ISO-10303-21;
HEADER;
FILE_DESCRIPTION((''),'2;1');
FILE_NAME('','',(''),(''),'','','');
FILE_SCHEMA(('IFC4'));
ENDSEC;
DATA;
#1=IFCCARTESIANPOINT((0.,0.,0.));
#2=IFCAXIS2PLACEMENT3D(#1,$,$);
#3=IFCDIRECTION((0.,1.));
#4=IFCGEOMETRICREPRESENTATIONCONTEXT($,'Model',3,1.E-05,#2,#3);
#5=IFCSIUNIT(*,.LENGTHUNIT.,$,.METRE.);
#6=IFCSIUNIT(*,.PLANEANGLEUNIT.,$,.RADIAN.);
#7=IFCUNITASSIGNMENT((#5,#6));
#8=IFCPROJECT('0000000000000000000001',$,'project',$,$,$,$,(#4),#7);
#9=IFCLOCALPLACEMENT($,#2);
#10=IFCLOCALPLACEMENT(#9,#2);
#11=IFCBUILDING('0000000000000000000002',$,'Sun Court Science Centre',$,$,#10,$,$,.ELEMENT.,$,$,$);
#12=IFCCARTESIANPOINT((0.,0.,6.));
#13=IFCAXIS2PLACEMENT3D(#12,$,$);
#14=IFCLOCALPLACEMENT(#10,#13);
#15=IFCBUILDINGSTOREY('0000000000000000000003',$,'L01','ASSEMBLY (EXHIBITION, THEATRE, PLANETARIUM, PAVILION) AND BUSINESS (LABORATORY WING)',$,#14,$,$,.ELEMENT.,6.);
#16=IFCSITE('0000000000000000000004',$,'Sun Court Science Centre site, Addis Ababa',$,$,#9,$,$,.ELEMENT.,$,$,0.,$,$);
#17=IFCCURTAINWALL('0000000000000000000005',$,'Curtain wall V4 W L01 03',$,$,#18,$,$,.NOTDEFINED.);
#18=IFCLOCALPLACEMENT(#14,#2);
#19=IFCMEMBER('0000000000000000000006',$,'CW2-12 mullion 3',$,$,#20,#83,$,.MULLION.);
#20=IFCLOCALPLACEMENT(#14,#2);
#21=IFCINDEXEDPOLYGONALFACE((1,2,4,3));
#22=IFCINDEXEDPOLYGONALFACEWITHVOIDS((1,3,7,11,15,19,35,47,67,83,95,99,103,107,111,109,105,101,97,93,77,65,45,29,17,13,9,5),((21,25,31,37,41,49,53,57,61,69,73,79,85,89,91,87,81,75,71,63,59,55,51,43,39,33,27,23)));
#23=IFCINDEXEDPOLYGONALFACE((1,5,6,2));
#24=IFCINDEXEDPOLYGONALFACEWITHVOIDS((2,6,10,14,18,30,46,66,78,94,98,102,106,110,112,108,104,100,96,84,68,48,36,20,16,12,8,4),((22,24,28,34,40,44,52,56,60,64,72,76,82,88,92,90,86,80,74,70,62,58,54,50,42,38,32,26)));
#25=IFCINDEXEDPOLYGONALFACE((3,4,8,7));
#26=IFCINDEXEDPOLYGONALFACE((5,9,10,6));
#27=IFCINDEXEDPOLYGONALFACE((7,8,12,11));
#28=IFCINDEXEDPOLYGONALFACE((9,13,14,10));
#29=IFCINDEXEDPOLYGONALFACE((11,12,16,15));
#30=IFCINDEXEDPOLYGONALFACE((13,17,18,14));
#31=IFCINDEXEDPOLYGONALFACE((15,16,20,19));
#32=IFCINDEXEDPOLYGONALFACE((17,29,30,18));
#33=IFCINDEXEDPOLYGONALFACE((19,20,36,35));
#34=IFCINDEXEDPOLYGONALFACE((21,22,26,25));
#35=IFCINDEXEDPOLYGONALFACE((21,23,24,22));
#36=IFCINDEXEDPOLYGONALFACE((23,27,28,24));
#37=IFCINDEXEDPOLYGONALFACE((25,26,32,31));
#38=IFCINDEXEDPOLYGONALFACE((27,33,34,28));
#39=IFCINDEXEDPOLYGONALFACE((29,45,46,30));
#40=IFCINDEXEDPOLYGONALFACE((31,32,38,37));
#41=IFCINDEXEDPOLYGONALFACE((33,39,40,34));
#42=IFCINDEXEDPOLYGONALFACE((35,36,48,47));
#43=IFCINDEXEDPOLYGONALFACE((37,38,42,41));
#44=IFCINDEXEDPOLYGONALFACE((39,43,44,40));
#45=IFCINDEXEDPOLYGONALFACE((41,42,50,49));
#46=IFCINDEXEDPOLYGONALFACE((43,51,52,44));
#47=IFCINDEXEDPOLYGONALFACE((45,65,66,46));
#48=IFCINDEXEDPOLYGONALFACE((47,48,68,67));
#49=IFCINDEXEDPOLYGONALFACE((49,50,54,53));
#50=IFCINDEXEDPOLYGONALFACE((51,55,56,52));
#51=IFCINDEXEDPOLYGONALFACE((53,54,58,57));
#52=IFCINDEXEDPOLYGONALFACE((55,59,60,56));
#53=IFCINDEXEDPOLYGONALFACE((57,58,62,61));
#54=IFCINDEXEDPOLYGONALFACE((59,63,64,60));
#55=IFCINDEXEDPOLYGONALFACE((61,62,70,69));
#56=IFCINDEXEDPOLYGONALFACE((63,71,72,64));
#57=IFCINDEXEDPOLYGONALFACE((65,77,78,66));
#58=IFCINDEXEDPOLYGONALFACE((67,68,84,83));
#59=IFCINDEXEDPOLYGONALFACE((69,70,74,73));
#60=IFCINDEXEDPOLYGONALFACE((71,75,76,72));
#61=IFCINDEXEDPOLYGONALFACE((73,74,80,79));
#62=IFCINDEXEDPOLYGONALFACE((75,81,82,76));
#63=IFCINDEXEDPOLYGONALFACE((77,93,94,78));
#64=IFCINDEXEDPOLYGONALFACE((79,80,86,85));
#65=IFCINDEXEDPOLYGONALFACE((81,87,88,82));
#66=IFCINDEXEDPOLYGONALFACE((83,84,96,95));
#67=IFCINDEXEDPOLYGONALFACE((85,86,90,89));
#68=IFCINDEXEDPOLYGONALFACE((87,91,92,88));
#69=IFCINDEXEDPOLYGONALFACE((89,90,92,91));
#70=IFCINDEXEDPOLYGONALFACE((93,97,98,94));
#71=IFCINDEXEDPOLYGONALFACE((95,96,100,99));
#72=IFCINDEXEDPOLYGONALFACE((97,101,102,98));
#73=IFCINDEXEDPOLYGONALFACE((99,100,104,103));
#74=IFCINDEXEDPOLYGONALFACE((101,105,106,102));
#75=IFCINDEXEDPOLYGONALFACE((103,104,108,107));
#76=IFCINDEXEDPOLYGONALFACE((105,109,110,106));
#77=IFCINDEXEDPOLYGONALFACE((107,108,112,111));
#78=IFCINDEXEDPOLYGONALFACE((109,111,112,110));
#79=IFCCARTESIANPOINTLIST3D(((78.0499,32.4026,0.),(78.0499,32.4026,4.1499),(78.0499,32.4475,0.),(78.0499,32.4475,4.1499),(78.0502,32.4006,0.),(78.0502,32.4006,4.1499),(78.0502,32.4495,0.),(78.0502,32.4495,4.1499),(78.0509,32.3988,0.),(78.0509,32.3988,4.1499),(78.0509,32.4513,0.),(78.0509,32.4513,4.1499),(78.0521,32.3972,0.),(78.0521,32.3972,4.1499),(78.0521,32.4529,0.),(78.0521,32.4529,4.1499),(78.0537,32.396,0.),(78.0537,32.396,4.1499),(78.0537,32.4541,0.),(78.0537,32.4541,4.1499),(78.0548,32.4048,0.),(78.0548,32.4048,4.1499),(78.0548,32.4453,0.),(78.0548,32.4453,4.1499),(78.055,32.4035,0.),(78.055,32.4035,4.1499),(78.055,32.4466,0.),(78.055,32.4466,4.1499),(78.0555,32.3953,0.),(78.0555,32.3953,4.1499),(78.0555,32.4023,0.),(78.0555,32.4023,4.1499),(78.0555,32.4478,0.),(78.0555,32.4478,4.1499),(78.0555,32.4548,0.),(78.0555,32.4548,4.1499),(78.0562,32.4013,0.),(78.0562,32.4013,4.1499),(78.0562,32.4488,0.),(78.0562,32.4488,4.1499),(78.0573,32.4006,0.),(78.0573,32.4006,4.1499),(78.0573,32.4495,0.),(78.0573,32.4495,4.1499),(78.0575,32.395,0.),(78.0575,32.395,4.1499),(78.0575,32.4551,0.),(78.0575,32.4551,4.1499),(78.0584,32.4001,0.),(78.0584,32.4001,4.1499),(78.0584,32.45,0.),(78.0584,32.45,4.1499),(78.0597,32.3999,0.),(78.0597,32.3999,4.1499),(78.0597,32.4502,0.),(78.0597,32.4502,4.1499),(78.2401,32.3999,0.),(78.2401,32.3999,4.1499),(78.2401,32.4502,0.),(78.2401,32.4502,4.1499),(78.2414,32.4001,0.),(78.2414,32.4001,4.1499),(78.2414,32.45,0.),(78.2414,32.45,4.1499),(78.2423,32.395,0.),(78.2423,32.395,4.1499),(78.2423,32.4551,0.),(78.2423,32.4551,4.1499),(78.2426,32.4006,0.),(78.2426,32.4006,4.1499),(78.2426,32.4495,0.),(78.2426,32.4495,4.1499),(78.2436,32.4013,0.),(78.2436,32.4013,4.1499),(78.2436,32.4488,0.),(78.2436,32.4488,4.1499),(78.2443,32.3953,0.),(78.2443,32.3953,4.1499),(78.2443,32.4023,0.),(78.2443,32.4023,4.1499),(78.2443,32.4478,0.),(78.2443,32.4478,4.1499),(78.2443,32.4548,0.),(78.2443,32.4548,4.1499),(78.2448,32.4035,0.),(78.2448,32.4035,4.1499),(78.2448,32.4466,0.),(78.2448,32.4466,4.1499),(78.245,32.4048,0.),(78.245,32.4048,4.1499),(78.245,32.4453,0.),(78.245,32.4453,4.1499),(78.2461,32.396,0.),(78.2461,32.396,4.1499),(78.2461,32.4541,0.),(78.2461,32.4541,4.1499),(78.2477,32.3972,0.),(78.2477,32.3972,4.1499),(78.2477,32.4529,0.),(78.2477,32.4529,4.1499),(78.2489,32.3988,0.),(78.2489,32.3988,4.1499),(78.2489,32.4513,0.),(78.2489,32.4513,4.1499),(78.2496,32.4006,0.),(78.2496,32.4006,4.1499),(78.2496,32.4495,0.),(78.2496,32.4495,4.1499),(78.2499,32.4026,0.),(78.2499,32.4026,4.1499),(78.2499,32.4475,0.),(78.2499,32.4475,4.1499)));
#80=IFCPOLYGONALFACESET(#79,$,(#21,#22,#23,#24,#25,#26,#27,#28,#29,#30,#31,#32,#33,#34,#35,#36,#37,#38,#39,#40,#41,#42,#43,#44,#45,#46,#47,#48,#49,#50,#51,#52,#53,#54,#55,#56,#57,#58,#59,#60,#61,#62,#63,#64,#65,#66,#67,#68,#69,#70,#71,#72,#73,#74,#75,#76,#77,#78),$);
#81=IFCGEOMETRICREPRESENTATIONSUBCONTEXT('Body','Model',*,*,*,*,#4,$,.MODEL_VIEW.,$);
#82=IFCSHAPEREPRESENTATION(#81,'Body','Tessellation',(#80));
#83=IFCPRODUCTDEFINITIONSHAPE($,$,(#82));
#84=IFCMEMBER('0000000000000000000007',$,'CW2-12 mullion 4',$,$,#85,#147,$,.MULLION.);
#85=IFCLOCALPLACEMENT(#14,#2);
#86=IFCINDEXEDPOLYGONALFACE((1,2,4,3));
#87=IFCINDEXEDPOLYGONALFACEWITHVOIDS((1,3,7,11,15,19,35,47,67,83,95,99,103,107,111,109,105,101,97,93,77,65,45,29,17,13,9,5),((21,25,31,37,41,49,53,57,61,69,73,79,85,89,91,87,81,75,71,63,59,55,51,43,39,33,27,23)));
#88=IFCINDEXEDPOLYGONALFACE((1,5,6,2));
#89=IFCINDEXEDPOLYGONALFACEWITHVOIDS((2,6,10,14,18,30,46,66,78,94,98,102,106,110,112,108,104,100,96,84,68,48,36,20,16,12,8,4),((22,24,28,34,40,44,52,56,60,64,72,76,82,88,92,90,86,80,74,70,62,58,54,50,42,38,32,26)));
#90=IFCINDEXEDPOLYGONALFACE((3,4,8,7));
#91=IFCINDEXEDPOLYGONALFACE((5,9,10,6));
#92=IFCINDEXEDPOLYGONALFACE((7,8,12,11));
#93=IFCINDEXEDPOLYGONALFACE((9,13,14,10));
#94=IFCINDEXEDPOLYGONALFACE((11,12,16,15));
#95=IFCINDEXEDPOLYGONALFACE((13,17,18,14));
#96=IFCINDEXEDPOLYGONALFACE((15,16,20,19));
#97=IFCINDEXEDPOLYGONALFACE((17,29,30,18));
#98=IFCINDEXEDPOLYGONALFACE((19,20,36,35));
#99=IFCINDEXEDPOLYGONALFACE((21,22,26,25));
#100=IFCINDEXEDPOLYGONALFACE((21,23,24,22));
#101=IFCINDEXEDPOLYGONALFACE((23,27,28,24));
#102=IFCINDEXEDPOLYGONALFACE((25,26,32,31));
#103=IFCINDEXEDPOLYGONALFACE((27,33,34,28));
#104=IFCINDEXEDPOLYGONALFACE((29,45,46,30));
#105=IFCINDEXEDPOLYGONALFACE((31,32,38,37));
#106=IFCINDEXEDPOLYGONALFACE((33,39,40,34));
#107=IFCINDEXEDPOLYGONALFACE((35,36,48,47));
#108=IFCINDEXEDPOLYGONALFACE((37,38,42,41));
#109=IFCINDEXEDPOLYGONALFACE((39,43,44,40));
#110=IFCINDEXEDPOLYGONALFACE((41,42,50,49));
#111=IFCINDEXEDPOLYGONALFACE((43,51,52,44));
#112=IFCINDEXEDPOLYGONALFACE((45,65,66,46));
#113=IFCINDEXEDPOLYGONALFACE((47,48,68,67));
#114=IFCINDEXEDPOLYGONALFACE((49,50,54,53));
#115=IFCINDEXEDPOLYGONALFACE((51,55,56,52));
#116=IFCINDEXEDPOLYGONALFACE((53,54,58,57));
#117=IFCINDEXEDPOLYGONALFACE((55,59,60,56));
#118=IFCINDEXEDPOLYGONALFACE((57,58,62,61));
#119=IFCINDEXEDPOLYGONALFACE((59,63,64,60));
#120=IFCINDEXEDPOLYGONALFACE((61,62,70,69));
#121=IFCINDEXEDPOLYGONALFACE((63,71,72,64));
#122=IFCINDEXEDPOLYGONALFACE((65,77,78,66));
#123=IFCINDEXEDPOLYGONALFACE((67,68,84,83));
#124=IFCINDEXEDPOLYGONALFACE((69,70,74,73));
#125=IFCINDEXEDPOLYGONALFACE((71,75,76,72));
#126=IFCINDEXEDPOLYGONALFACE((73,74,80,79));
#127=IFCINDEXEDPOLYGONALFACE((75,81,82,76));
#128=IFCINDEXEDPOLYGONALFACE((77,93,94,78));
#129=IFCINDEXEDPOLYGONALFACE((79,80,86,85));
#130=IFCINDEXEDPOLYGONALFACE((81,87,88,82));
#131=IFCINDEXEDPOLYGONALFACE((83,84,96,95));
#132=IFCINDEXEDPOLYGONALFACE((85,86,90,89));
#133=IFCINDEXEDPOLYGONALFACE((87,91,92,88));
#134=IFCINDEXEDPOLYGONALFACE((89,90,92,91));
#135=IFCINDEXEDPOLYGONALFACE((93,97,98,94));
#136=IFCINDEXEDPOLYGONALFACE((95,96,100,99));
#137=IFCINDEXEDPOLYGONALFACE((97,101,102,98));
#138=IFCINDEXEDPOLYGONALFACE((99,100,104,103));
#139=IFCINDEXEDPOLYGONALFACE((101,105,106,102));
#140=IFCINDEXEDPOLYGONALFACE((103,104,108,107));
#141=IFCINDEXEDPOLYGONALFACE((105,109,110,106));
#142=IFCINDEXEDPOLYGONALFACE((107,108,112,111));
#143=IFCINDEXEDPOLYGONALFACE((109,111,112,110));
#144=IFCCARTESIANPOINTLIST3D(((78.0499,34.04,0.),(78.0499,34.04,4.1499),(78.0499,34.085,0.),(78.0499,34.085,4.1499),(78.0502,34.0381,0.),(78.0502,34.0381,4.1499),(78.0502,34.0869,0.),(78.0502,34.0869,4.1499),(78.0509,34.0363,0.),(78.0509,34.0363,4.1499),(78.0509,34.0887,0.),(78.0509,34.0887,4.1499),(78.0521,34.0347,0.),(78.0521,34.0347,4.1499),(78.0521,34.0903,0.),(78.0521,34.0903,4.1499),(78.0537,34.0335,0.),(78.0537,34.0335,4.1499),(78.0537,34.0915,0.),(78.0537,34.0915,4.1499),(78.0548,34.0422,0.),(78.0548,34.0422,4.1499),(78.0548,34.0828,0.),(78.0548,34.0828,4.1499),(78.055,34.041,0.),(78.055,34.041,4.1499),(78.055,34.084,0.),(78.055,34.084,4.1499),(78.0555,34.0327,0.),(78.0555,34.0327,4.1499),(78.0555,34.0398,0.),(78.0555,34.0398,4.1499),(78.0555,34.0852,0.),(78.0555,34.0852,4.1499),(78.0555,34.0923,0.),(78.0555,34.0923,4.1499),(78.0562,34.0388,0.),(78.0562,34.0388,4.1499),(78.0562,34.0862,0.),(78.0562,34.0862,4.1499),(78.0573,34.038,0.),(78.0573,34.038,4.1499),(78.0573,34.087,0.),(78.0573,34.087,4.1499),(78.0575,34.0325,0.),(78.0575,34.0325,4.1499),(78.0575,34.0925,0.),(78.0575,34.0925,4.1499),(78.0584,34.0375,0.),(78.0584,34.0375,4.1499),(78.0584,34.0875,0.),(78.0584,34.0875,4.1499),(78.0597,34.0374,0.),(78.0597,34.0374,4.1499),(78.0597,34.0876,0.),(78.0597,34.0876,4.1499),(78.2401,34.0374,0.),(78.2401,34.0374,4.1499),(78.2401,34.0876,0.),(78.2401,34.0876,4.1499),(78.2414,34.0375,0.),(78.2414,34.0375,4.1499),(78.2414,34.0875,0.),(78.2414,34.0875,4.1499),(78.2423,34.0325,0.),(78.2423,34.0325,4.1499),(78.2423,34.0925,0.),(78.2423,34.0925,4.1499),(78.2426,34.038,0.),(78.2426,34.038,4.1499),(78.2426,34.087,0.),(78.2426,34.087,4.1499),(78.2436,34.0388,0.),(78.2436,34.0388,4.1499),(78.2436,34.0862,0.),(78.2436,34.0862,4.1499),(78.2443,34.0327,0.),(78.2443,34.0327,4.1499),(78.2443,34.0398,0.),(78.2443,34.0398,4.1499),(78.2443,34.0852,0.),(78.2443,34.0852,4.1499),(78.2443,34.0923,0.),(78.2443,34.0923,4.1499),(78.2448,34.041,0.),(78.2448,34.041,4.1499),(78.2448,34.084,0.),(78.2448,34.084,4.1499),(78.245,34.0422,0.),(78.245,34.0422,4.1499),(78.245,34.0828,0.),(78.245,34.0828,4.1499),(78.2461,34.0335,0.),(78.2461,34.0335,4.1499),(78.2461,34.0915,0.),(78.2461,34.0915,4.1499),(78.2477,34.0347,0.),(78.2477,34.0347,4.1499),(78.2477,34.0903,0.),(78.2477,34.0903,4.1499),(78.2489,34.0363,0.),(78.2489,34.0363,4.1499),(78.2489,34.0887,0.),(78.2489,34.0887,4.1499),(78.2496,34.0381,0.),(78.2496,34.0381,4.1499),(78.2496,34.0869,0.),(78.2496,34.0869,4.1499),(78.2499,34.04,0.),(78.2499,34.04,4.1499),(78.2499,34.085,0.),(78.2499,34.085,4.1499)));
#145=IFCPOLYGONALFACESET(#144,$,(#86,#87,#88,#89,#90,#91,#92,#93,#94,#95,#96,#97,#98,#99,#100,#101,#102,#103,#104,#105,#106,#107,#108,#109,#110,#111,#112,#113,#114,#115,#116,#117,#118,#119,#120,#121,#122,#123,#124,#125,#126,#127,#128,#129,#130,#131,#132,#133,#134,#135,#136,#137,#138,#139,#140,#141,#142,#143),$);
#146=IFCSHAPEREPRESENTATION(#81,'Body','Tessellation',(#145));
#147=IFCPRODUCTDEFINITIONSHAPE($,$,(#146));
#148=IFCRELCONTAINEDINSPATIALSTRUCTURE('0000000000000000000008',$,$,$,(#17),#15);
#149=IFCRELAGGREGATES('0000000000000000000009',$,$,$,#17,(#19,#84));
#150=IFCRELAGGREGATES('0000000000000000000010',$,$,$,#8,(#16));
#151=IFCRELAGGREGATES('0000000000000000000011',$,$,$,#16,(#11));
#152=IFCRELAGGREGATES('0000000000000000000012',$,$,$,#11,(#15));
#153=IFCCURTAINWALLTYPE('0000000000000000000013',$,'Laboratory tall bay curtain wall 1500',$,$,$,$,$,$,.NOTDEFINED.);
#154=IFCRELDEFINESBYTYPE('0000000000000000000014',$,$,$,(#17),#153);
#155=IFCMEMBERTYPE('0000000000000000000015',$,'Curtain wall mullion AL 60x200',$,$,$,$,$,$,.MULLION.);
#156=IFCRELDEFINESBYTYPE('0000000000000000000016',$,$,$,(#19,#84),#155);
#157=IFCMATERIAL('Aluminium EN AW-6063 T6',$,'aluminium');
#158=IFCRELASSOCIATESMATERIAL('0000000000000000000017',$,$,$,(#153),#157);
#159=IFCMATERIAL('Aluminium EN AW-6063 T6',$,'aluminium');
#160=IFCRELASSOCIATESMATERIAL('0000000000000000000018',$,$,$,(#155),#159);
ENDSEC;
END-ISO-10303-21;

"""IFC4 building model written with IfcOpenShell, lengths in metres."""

from ifc_helpers import new_model, si_unit, direction, frame, origin, origin_2d, place, context, subcontext, project, spatial, hollow_rectangle, extrude, material, material_profile, profile_set, type_object, element, aggregate, save


model = new_model("IFC4")

# Units and contexts
model_context = context("Model", 3, precision=1e-05, world=origin(), true_north=direction((0.0, 1.0)))
body_context = subcontext(model_context, "Body", "Model", "MODEL_VIEW")
ifc_project = project(units=[si_unit("LENGTHUNIT", "METRE"), si_unit("PLANEANGLEUNIT", "RADIAN")], contexts=[model_context])

# Site, building, storey
site_placement = place(None, origin())
site = spatial("IfcSite", under=ifc_project, at=site_placement, Name="Sun Court Science Centre site, Addis Ababa", CompositionType="ELEMENT", RefElevation=0.0)
building_placement = place(site_placement, origin())
building = spatial("IfcBuilding", under=site, at=building_placement, Name="Sun Court Science Centre", CompositionType="ELEMENT")
storey_placement = place(building_placement, frame((0.0, 0.0, 6.0)))
storey = spatial("IfcBuildingStorey", under=building, at=storey_placement, Name="L01", Description="ASSEMBLY (EXHIBITION, THEATRE, PLANETARIUM, PAVILION) AND BUSINESS (LABORATORY WING)", CompositionType="ELEMENT", Elevation=6.0)

# Curtain wall, members
ifc_material_1 = material(Name="Aluminium EN AW-6063 T6", Category="aluminium")
curtain_wall_type = type_object("IfcCurtainWallType", Name="Laboratory tall bay curtain wall 1500", PredefinedType="NOTDEFINED", material=ifc_material_1)
ifc_material_2 = material(Name="Aluminium EN AW-6063 T6", Category="aluminium")
ifc_material_profile_1 = material_profile(ifc_material_2, hollow_rectangle(XDim=0.0601, YDim=0.2, WallThickness=0.0049, InnerFilletRadius=0.0049, OuterFilletRadius=0.0076, at=origin_2d()), Name="AL 60x200x5")
ifc_profile_set_1 = profile_set([ifc_material_profile_1], Name="Aluminium EN AW-6063 T6")
member_type_1 = type_object("IfcMemberType", Name="Curtain wall mullion AL 60x200", PredefinedType="MULLION", material=ifc_profile_set_1)
curtain_wall_1_placement = place(storey_placement, origin())
curtain_wall_1 = element("IfcCurtainWall", 1, at=curtain_wall_1_placement, inside=storey, type_object=curtain_wall_type, Name="Curtain wall V4 W L01 03", PredefinedType="NOTDEFINED")
member_1_placement = place(storey_placement, frame((78.1499, 32.425, 0.0), z_axis=(0.0, 0.0, 1.0), x_axis=(0.0, 1.0, 0.0)))
member_1 = element("IfcMember", 2, at=member_1_placement, type_object=member_type_1, Name="CW2-12 mullion 3", PredefinedType="MULLION", context=body_context, shape_type="SweptSolid", body=[
    extrude(hollow_rectangle(XDim=0.0601, YDim=0.2, WallThickness=0.0049, InnerFilletRadius=0.0049, OuterFilletRadius=0.0076, at=origin_2d()), origin(), (0.0, 0.0, 1.0), 4.1499),
])
member_2_placement = place(storey_placement, frame((78.1499, 34.0625, 0.0), z_axis=(0.0, 0.0, 1.0), x_axis=(0.0, 1.0, 0.0)))
member_2 = element("IfcMember", 3, at=member_2_placement, type_object=member_type_1, Name="CW2-12 mullion 4", PredefinedType="MULLION", context=body_context, shape_type="SweptSolid", body=[
    extrude(hollow_rectangle(XDim=0.0601, YDim=0.2, WallThickness=0.0049, InnerFilletRadius=0.0049, OuterFilletRadius=0.0076, at=origin_2d()), origin(), (0.0, 0.0, 1.0), 4.1499),
])

aggregate(curtain_wall_1, [member_1, member_2])

save(model, "model.ifc")
